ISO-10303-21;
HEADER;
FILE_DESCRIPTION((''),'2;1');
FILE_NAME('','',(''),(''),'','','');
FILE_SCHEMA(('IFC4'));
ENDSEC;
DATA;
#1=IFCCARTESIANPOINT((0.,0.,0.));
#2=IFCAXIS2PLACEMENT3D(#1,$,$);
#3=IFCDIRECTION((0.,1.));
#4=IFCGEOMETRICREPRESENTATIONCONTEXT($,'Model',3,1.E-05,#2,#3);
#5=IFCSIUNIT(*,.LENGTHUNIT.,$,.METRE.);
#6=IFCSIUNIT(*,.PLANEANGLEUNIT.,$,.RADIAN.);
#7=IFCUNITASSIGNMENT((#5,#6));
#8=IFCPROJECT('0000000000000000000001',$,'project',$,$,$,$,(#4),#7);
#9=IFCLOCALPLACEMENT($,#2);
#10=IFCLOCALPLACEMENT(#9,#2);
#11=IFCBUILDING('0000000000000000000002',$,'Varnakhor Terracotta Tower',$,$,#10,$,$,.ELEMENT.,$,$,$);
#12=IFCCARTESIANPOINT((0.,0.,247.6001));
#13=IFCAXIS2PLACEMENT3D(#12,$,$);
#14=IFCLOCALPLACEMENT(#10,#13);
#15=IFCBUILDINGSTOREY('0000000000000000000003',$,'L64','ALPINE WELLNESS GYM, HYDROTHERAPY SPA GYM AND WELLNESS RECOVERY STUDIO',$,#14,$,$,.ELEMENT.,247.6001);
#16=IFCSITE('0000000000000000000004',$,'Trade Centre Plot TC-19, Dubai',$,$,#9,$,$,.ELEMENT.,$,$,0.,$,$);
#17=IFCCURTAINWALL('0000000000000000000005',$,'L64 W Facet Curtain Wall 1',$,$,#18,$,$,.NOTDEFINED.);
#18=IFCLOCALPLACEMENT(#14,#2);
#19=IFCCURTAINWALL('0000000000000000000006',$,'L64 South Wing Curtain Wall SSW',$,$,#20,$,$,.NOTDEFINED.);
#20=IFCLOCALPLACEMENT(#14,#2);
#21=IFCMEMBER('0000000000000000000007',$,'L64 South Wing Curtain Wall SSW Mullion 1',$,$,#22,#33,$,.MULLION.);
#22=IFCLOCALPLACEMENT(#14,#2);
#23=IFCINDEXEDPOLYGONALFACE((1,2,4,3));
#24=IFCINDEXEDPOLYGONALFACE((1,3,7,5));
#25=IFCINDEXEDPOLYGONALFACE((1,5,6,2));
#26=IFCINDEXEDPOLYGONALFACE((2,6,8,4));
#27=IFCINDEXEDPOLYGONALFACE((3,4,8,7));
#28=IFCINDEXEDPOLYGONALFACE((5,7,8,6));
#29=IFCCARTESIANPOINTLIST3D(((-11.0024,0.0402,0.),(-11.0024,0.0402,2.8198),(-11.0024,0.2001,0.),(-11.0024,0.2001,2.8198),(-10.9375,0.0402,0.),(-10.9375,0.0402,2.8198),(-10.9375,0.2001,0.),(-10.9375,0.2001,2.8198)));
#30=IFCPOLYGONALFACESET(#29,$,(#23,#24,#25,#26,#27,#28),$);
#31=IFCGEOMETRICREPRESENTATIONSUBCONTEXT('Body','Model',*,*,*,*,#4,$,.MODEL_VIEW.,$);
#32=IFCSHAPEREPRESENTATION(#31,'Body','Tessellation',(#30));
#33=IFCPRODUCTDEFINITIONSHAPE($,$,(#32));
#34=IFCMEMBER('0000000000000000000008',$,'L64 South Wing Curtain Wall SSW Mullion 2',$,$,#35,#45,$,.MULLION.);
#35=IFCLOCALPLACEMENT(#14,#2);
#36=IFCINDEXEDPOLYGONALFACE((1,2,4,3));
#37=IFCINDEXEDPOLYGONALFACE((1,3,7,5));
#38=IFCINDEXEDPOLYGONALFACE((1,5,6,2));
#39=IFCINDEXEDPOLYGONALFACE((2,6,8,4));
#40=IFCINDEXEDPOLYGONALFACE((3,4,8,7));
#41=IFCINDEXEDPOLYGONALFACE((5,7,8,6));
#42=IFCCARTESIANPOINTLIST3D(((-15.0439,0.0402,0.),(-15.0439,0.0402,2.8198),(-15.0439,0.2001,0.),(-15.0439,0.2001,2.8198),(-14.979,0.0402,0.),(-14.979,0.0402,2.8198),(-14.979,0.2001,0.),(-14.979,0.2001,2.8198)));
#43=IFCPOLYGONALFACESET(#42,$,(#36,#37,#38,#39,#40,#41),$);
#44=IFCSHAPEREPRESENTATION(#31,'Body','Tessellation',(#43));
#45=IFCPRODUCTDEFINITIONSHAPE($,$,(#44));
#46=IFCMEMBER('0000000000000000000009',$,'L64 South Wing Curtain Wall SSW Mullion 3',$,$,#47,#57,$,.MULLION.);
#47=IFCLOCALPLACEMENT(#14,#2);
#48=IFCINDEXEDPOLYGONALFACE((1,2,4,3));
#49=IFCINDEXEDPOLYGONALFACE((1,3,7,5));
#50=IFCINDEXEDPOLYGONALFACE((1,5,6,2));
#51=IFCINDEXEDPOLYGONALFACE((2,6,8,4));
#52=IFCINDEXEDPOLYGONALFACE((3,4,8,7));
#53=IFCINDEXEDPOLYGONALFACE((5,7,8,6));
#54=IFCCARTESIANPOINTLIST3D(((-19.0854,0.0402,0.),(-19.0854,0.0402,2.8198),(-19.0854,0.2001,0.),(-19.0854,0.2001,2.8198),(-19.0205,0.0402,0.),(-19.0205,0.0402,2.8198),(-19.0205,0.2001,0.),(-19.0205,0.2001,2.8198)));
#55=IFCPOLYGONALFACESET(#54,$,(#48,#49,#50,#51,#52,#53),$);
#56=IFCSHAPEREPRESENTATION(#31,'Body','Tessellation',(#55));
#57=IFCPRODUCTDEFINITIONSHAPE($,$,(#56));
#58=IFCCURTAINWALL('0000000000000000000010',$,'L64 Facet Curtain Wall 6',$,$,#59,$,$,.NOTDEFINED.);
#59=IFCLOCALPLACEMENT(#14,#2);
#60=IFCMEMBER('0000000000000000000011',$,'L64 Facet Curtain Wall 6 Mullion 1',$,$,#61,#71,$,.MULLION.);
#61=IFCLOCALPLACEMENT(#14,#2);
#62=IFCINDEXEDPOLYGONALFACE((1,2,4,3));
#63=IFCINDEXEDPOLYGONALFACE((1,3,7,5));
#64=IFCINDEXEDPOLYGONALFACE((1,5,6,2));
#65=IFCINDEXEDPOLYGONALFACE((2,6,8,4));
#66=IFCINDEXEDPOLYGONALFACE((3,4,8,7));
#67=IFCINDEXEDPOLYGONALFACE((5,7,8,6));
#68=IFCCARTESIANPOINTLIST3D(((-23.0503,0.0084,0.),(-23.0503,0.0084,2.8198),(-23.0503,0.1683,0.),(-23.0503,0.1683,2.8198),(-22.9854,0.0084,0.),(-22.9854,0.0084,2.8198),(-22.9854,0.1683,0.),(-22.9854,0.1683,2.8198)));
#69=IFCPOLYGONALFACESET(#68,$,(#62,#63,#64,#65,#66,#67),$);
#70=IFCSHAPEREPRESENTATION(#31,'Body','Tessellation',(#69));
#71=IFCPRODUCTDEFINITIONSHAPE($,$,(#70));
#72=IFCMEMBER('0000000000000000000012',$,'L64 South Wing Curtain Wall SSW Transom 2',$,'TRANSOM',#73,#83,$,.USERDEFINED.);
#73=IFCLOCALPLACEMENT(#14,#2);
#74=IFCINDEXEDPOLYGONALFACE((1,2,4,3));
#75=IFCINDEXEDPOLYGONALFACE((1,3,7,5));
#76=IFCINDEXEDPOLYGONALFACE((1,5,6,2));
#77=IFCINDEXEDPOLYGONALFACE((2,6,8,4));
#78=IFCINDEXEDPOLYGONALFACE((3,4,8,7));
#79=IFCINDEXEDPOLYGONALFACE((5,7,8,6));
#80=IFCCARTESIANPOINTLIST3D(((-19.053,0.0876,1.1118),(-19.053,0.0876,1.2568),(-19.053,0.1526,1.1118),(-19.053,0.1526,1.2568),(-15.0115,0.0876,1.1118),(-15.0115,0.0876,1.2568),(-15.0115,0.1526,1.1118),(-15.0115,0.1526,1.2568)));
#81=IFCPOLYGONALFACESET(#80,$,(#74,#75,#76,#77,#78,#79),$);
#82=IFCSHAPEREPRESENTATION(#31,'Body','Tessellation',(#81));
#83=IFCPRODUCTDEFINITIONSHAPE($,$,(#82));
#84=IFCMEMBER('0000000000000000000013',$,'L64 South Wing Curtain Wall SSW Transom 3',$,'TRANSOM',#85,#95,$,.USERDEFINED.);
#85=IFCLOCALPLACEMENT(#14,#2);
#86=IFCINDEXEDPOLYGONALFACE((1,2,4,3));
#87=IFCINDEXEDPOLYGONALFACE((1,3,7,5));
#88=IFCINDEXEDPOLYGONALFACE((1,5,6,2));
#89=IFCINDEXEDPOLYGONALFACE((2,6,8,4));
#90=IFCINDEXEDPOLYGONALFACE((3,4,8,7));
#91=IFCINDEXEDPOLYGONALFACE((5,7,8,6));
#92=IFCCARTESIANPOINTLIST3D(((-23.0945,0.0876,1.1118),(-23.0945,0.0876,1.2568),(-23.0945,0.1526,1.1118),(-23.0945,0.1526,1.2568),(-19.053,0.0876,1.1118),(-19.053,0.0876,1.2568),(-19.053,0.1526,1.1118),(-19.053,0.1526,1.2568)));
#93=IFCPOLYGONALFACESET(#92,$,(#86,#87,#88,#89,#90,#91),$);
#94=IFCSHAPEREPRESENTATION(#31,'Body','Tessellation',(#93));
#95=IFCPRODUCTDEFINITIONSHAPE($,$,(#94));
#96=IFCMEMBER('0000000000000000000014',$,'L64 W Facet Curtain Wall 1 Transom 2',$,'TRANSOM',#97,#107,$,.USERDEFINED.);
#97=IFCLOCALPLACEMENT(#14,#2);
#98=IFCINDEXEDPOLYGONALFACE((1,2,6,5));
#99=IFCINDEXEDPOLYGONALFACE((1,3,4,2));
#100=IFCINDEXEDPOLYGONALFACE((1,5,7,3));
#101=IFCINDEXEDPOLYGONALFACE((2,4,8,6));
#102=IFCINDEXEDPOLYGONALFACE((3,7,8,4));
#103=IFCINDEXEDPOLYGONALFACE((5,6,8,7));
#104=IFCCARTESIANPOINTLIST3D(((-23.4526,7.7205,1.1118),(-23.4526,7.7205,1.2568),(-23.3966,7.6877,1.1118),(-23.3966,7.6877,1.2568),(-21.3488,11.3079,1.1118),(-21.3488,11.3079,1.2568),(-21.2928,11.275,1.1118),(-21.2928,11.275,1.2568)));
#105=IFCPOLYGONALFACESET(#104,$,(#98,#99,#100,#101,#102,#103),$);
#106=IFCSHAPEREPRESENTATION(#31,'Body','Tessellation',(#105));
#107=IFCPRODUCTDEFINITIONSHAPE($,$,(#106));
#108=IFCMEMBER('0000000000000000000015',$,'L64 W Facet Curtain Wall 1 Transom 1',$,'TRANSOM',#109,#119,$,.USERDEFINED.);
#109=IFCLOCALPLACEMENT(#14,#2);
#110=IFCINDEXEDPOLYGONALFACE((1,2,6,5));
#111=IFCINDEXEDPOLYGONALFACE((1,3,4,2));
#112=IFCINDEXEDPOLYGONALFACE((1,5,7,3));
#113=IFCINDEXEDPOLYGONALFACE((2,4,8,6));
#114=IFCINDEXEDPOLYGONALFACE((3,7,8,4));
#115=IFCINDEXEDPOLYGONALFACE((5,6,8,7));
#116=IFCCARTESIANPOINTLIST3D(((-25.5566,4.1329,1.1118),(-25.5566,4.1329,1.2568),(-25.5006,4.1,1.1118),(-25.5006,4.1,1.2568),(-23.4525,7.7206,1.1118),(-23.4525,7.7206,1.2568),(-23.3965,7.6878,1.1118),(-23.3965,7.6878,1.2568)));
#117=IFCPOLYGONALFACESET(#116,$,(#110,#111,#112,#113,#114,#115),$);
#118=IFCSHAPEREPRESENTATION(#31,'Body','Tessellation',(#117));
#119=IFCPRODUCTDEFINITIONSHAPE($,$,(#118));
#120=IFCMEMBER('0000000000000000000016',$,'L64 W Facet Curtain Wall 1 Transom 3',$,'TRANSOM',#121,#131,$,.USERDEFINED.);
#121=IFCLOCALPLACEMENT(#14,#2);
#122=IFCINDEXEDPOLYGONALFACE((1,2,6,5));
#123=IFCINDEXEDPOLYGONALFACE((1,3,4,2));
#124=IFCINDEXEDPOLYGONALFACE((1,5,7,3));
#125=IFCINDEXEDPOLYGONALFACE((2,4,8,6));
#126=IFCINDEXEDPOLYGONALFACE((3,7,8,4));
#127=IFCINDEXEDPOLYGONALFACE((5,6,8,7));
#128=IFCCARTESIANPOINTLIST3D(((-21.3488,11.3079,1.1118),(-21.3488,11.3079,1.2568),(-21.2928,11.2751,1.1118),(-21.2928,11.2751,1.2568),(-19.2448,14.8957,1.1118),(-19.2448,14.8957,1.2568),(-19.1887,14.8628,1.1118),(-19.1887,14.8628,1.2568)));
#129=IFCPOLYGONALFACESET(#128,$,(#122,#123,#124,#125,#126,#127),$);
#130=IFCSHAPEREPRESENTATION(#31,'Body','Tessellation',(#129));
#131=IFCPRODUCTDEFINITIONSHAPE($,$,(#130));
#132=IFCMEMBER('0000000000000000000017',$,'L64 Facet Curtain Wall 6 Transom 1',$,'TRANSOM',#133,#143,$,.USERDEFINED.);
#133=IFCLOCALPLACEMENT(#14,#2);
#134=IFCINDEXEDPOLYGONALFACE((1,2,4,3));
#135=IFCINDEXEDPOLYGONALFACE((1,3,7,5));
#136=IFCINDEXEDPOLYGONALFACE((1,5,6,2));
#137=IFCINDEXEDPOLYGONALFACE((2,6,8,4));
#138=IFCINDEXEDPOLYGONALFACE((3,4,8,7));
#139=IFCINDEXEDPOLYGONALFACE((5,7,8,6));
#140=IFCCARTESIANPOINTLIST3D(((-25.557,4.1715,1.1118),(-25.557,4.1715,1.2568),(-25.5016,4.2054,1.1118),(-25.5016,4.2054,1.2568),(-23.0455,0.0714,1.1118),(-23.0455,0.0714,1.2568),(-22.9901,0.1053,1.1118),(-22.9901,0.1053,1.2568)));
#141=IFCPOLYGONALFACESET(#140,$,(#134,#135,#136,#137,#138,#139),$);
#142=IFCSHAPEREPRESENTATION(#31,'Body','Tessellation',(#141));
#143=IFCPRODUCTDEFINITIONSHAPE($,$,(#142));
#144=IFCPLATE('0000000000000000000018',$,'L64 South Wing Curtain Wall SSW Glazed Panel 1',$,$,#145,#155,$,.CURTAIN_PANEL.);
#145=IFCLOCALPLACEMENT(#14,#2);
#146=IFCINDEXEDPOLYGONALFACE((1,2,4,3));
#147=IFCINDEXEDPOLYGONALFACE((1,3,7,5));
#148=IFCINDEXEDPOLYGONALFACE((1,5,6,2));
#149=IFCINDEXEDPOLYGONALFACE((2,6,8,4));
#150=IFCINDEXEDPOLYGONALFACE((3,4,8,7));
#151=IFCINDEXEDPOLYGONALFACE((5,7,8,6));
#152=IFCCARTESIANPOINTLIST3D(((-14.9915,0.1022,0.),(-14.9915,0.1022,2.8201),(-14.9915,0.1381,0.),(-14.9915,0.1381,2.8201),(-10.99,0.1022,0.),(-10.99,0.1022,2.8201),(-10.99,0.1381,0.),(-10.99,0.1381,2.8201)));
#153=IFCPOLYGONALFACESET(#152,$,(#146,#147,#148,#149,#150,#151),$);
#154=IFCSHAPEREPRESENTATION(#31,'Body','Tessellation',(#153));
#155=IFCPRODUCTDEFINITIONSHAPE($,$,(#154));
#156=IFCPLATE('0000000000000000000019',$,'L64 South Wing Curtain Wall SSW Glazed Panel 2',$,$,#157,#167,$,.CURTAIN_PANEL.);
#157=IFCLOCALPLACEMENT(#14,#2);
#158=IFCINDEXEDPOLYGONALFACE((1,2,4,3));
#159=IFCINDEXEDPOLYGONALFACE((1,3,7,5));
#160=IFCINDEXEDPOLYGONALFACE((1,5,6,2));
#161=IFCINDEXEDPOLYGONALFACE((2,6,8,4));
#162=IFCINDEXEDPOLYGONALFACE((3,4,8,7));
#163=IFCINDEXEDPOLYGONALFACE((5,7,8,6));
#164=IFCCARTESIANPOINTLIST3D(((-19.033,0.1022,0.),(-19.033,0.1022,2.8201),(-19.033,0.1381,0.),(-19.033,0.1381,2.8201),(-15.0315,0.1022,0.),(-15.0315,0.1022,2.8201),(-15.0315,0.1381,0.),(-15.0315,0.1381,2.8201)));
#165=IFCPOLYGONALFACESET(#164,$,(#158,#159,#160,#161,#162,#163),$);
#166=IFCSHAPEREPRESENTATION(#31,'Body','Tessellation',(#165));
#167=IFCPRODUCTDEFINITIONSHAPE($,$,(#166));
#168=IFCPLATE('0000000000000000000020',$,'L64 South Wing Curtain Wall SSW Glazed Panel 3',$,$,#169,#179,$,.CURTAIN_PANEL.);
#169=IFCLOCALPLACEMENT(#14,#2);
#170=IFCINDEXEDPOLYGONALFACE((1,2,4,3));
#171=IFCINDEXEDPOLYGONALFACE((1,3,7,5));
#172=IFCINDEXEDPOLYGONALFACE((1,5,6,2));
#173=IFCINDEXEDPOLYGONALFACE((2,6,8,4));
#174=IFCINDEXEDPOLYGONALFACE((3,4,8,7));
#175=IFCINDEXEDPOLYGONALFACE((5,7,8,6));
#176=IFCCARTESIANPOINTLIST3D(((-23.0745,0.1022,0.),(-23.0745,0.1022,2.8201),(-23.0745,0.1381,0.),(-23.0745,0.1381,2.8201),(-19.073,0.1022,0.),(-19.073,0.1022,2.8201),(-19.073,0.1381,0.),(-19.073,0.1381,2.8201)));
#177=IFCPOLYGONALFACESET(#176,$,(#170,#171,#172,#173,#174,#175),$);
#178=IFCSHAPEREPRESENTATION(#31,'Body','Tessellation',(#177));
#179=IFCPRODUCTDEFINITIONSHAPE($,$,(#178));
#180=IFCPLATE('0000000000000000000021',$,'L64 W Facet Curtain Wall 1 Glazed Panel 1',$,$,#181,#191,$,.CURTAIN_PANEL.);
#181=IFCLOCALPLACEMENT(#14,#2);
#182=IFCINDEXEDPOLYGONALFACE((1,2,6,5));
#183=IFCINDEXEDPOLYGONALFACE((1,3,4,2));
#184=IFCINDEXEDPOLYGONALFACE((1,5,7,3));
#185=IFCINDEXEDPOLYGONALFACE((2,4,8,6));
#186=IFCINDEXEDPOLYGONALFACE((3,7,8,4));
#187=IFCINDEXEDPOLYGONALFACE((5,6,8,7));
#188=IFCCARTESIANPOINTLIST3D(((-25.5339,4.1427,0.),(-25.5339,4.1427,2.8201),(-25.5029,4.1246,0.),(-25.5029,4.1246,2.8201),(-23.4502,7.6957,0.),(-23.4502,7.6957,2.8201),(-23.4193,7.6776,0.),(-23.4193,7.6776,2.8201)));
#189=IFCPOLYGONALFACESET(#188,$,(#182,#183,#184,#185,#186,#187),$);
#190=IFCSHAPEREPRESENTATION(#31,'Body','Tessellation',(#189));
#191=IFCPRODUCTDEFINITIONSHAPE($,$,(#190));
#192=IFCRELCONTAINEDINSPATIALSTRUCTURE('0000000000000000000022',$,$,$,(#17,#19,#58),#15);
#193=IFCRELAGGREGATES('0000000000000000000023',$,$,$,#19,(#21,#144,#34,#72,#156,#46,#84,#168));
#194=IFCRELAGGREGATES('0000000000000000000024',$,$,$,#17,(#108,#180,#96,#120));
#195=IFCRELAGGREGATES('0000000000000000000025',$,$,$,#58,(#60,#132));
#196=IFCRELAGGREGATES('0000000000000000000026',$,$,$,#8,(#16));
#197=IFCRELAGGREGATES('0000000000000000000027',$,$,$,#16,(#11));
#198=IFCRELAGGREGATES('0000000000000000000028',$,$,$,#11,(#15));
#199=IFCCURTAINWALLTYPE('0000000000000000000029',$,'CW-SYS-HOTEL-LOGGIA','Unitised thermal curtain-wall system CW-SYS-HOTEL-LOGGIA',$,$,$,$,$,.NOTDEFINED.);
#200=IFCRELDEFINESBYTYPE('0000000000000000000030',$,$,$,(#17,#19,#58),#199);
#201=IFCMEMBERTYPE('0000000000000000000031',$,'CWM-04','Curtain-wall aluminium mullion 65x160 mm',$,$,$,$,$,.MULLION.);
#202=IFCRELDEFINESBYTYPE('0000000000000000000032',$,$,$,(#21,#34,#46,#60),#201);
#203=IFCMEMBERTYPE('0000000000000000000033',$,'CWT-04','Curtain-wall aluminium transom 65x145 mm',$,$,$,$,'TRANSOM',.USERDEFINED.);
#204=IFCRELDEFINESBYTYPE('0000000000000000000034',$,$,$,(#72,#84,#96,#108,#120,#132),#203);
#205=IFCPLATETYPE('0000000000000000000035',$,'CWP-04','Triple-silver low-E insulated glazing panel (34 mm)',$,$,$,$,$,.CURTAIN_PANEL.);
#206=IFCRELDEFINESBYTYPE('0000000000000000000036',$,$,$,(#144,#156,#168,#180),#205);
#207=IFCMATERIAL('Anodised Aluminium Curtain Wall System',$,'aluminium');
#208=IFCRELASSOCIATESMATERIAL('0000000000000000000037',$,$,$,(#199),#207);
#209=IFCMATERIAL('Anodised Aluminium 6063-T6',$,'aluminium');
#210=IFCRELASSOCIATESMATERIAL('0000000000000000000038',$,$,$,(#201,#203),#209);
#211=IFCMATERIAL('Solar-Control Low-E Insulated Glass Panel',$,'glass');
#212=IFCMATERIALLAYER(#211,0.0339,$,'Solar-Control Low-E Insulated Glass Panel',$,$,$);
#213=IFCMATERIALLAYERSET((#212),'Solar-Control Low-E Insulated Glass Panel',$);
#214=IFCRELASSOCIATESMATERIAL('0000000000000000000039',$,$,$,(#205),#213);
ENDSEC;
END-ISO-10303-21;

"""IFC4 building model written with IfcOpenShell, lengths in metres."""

from ifc_helpers import new_model, si_unit, direction, frame, origin, origin_2d, place, context, subcontext, project, spatial, rectangle, extrude, source, transform, mapped, material, layer, layer_set, material_profile, profile_set, type_object, element, aggregate, save


model = new_model("IFC4")

# Units and contexts
model_context = context("Model", 3, precision=1e-05, world=origin(), true_north=direction((0.0, 1.0)))
body_context = subcontext(model_context, "Body", "Model", "MODEL_VIEW")
ifc_project = project(units=[si_unit("LENGTHUNIT", "METRE"), si_unit("PLANEANGLEUNIT", "RADIAN")], contexts=[model_context])

# Site, building, storey
site_placement = place(None, origin())
site = spatial("IfcSite", under=ifc_project, at=site_placement, Name="Trade Centre Plot TC-19, Dubai", CompositionType="ELEMENT", RefElevation=0.0)
building_placement = place(site_placement, origin())
building = spatial("IfcBuilding", under=site, at=building_placement, Name="Varnakhor Terracotta Tower", CompositionType="ELEMENT")
storey_placement = place(building_placement, frame((0.0, 0.0, 247.6001)))
storey = spatial("IfcBuildingStorey", under=building, at=storey_placement, Name="L64", Description="ALPINE WELLNESS GYM, HYDROTHERAPY SPA GYM AND WELLNESS RECOVERY STUDIO", CompositionType="ELEMENT", Elevation=247.6001)

# Curtain walls, members
ifc_material_1 = material(Name="Anodised Aluminium Curtain Wall System", Category="aluminium")
curtain_wall_type = type_object("IfcCurtainWallType", Name="CW-SYS-HOTEL-LOGGIA", Description="Unitised thermal curtain-wall system CW-SYS-HOTEL-LOGGIA", PredefinedType="NOTDEFINED", material=ifc_material_1)
curtain_wall_1_placement = place(storey_placement, origin())
curtain_wall_1 = element("IfcCurtainWall", 1, at=curtain_wall_1_placement, inside=storey, type_object=curtain_wall_type, Name="L64 W Facet Curtain Wall 1", PredefinedType="NOTDEFINED")
ifc_material_2 = material(Name="Anodised Aluminium 6063-T6", Category="aluminium")
ifc_material_profile_1 = material_profile(ifc_material_2, rectangle(XDim=0.0649, YDim=0.1599, at=origin_2d()), Name="ALU MULLION 65x160")
ifc_profile_set_1 = profile_set([ifc_material_profile_1], Name="Anodised Aluminium 6063-T6")
member_type_1 = type_object("IfcMemberType", Name="CWM-04", Description="Curtain-wall aluminium mullion 65x160 mm", PredefinedType="MULLION", material=ifc_profile_set_1)
shared_shape_1 = source(origin(), body_context, "Body", "SweptSolid", [
    extrude(rectangle(XDim=0.0649, YDim=0.1599, at=origin_2d()), origin(), (0.0, 0.0, 1.0), 2.8198),
])
curtain_wall_2_placement = place(storey_placement, origin())
curtain_wall_2 = element("IfcCurtainWall", 2, at=curtain_wall_2_placement, inside=storey, type_object=curtain_wall_type, Name="L64 South Wing Curtain Wall SSW", PredefinedType="NOTDEFINED")
member_1_placement = place(storey_placement, frame((-10.97, 0.1201, 0.0), z_axis=(0.0, 0.0, 1.0), x_axis=(1.0, 0.0, 0.0)))
member_1 = element("IfcMember", 3, at=member_1_placement, type_object=member_type_1, Name="L64 South Wing Curtain Wall SSW Mullion 1", PredefinedType="MULLION", context=body_context, shape_type="MappedRepresentation", body=[
    mapped(shared_shape_1, transform((0.0, 0.0, 0.0), scale=1.0)),
])
member_2_placement = place(storey_placement, frame((-15.0115, 0.1201, 0.0), z_axis=(0.0, 0.0, 1.0), x_axis=(1.0, 0.0, 0.0)))
member_2 = element("IfcMember", 4, at=member_2_placement, type_object=member_type_1, Name="L64 South Wing Curtain Wall SSW Mullion 2", PredefinedType="MULLION", context=body_context, shape_type="MappedRepresentation", body=[
    mapped(shared_shape_1, transform((0.0, 0.0, 0.0), scale=1.0)),
])
member_3_placement = place(storey_placement, frame((-19.053, 0.1201, 0.0), z_axis=(0.0, 0.0, 1.0), x_axis=(1.0, 0.0, 0.0)))
member_3 = element("IfcMember", 5, at=member_3_placement, type_object=member_type_1, Name="L64 South Wing Curtain Wall SSW Mullion 3", PredefinedType="MULLION", context=body_context, shape_type="MappedRepresentation", body=[
    mapped(shared_shape_1, transform((0.0, 0.0, 0.0), scale=1.0)),
])

# Curtain wall, member
curtain_wall_3_placement = place(storey_placement, origin())
curtain_wall_3 = element("IfcCurtainWall", 6, at=curtain_wall_3_placement, inside=storey, type_object=curtain_wall_type, Name="L64 Facet Curtain Wall 6", PredefinedType="NOTDEFINED")
member_4_placement = place(storey_placement, frame((-23.0178, 0.0884, 0.0), z_axis=(0.0, 0.0, 1.0), x_axis=(1.0, 0.0, 0.0)))
member_4 = element("IfcMember", 7, at=member_4_placement, type_object=member_type_1, Name="L64 Facet Curtain Wall 6 Mullion 1", PredefinedType="MULLION", context=body_context, shape_type="MappedRepresentation", body=[
    mapped(shared_shape_1, transform((0.0, 0.0, 0.0), scale=1.0)),
])

# Members
ifc_material_profile_2 = material_profile(ifc_material_2, rectangle(XDim=0.0649, YDim=0.145, at=origin_2d()), Name="ALU TRANSOM 65x145")
ifc_profile_set_2 = profile_set([ifc_material_profile_2], Name="Anodised Aluminium 6063-T6")
member_type_2 = type_object("IfcMemberType", Name="CWT-04", Description="Curtain-wall aluminium transom 65x145 mm", ElementType="TRANSOM", PredefinedType="USERDEFINED", material=ifc_profile_set_2)
shared_shape_2 = source(origin(), body_context, "Body", "SweptSolid", [
    extrude(rectangle(XDim=0.0649, YDim=0.145, at=origin_2d()), origin(), (0.0, 0.0, 1.0), 4.0415),
])
member_5_placement = place(storey_placement, frame((-15.0115, 0.1201, 1.1843), z_axis=(-1.0, 0.0, 0.0), x_axis=(0.0, -1.0, 0.0)))
member_5 = element("IfcMember", 8, at=member_5_placement, type_object=member_type_2, Name="L64 South Wing Curtain Wall SSW Transom 2", ObjectType="TRANSOM", PredefinedType="USERDEFINED", context=body_context, shape_type="MappedRepresentation", body=[
    mapped(shared_shape_2, transform((0.0, 0.0, 0.0), scale=1.0)),
])
member_6_placement = place(storey_placement, frame((-19.053, 0.1201, 1.1843), z_axis=(-1.0, 0.0, 0.0), x_axis=(0.0, -1.0, 0.0)))
member_6 = element("IfcMember", 9, at=member_6_placement, type_object=member_type_2, Name="L64 South Wing Curtain Wall SSW Transom 3", ObjectType="TRANSOM", PredefinedType="USERDEFINED", context=body_context, shape_type="MappedRepresentation", body=[
    mapped(shared_shape_2, transform((0.0, 0.0, 0.0), scale=1.0)),
])
shared_shape_3 = source(origin(), body_context, "Body", "SweptSolid", [
    extrude(rectangle(XDim=0.0649, YDim=0.145, at=origin_2d()), origin(), (0.0, 0.0, 1.0), 4.1587),
])
member_7_placement = place(storey_placement, frame((-23.4246, 7.7041, 1.1843), z_axis=(0.505863, 0.862614, 0.0), x_axis=(-0.862614, 0.505863, 0.0)))
member_7 = element("IfcMember", 10, at=member_7_placement, type_object=member_type_2, Name="L64 W Facet Curtain Wall 1 Transom 2", ObjectType="TRANSOM", PredefinedType="USERDEFINED", context=body_context, shape_type="MappedRepresentation", body=[
    mapped(shared_shape_3, transform((0.0, 0.0, 0.0), scale=1.0)),
])
shared_shape_4 = source(origin(), body_context, "Body", "SweptSolid", [
    extrude(rectangle(XDim=0.0649, YDim=0.145, at=origin_2d()), origin(), (0.0, 0.0, 1.0), 4.1592),
])
member_8_placement = place(storey_placement, frame((-25.5286, 4.1165, 1.1843), z_axis=(0.505881, 0.862603, 0.0), x_axis=(-0.862603, 0.505881, 0.0)))
member_8 = element("IfcMember", 11, at=member_8_placement, type_object=member_type_2, Name="L64 W Facet Curtain Wall 1 Transom 1", ObjectType="TRANSOM", PredefinedType="USERDEFINED", context=body_context, shape_type="MappedRepresentation", body=[
    mapped(shared_shape_4, transform((0.0, 0.0, 0.0), scale=1.0)),
])
member_9_placement = place(storey_placement, frame((-21.3208, 11.2915, 1.1843), z_axis=(0.505881, 0.862603, 0.0), x_axis=(-0.862603, 0.505881, 0.0)))
member_9 = element("IfcMember", 12, at=member_9_placement, type_object=member_type_2, Name="L64 W Facet Curtain Wall 1 Transom 3", ObjectType="TRANSOM", PredefinedType="USERDEFINED", context=body_context, shape_type="MappedRepresentation", body=[
    mapped(shared_shape_4, transform((0.0, 0.0, 0.0), scale=1.0)),
])
shared_shape_5 = source(origin(), body_context, "Body", "SweptSolid", [
    extrude(rectangle(XDim=0.0649, YDim=0.145, at=origin_2d()), origin(), (0.0, 0.0, 1.0), 4.8081),
])
member_10_placement = place(storey_placement, frame((-23.0178, 0.0884, 1.1843), z_axis=(-0.522337, 0.852739, 0.0), x_axis=(-0.852739, -0.522337, 0.0)))
member_10 = element("IfcMember", 13, at=member_10_placement, type_object=member_type_2, Name="L64 Facet Curtain Wall 6 Transom 1", ObjectType="TRANSOM", PredefinedType="USERDEFINED", context=body_context, shape_type="MappedRepresentation", body=[
    mapped(shared_shape_5, transform((0.0, 0.0, 0.0), scale=1.0)),
])

# Plates
ifc_material_3 = material(Name="Solar-Control Low-E Insulated Glass Panel", Category="glass")
ifc_layer_1 = layer(ifc_material_3, 0.0339, Name="Solar-Control Low-E Insulated Glass Panel")
ifc_layer_set_1 = layer_set([ifc_layer_1], Name="Solar-Control Low-E Insulated Glass Panel")
plate_type = type_object("IfcPlateType", Name="CWP-04", Description="Triple-silver low-E insulated glazing panel (34 mm)", PredefinedType="CURTAIN_PANEL", material=ifc_layer_set_1)
shared_shape_6 = source(origin(), body_context, "Body", "SweptSolid", [
    extrude(rectangle(XDim=4.0015, YDim=0.0359, at=origin_2d()), origin(), (0.0, 0.0, 1.0), 2.8201),
])
plate_1_placement = place(storey_placement, frame((-12.9907, 0.1201, 0.0), z_axis=(0.0, 0.0, 1.0), x_axis=(-1.0, 0.0, 0.0)))
plate_1 = element("IfcPlate", 14, at=plate_1_placement, type_object=plate_type, Name="L64 South Wing Curtain Wall SSW Glazed Panel 1", PredefinedType="CURTAIN_PANEL", context=body_context, shape_type="MappedRepresentation", body=[
    mapped(shared_shape_6, transform((0.0, 0.0, 0.0), scale=1.0)),
])
plate_2_placement = place(storey_placement, frame((-17.0322, 0.1201, 0.0), z_axis=(0.0, 0.0, 1.0), x_axis=(-1.0, 0.0, 0.0)))
plate_2 = element("IfcPlate", 15, at=plate_2_placement, type_object=plate_type, Name="L64 South Wing Curtain Wall SSW Glazed Panel 2", PredefinedType="CURTAIN_PANEL", context=body_context, shape_type="MappedRepresentation", body=[
    mapped(shared_shape_6, transform((0.0, 0.0, 0.0), scale=1.0)),
])
plate_3_placement = place(storey_placement, frame((-21.0737, 0.1201, 0.0), z_axis=(0.0, 0.0, 1.0), x_axis=(-1.0, 0.0, 0.0)))
plate_3 = element("IfcPlate", 16, at=plate_3_placement, type_object=plate_type, Name="L64 South Wing Curtain Wall SSW Glazed Panel 3", PredefinedType="CURTAIN_PANEL", context=body_context, shape_type="MappedRepresentation", body=[
    mapped(shared_shape_6, transform((0.0, 0.0, 0.0), scale=1.0)),
])
aggregate(curtain_wall_2, [member_1, plate_1, member_2, member_5, plate_2, member_3, member_6, plate_3])
shared_shape_7 = source(origin(), body_context, "Body", "SweptSolid", [
    extrude(rectangle(XDim=4.1189, YDim=0.0359, at=origin_2d()), origin(), (0.0, 0.0, 1.0), 2.8201),
])
plate_4_placement = place(storey_placement, frame((-24.4766, 5.9102, 0.0), z_axis=(0.0, 0.0, 1.0), x_axis=(0.505868, 0.862611, 0.0)))
plate_4 = element("IfcPlate", 17, at=plate_4_placement, type_object=plate_type, Name="L64 W Facet Curtain Wall 1 Glazed Panel 1", PredefinedType="CURTAIN_PANEL", context=body_context, shape_type="MappedRepresentation", body=[
    mapped(shared_shape_7, transform((0.0, 0.0, 0.0), scale=1.0)),
])
aggregate(curtain_wall_1, [member_8, plate_4, member_7, member_9])
aggregate(curtain_wall_3, [member_4, member_10])

save(model, "model.ifc")
